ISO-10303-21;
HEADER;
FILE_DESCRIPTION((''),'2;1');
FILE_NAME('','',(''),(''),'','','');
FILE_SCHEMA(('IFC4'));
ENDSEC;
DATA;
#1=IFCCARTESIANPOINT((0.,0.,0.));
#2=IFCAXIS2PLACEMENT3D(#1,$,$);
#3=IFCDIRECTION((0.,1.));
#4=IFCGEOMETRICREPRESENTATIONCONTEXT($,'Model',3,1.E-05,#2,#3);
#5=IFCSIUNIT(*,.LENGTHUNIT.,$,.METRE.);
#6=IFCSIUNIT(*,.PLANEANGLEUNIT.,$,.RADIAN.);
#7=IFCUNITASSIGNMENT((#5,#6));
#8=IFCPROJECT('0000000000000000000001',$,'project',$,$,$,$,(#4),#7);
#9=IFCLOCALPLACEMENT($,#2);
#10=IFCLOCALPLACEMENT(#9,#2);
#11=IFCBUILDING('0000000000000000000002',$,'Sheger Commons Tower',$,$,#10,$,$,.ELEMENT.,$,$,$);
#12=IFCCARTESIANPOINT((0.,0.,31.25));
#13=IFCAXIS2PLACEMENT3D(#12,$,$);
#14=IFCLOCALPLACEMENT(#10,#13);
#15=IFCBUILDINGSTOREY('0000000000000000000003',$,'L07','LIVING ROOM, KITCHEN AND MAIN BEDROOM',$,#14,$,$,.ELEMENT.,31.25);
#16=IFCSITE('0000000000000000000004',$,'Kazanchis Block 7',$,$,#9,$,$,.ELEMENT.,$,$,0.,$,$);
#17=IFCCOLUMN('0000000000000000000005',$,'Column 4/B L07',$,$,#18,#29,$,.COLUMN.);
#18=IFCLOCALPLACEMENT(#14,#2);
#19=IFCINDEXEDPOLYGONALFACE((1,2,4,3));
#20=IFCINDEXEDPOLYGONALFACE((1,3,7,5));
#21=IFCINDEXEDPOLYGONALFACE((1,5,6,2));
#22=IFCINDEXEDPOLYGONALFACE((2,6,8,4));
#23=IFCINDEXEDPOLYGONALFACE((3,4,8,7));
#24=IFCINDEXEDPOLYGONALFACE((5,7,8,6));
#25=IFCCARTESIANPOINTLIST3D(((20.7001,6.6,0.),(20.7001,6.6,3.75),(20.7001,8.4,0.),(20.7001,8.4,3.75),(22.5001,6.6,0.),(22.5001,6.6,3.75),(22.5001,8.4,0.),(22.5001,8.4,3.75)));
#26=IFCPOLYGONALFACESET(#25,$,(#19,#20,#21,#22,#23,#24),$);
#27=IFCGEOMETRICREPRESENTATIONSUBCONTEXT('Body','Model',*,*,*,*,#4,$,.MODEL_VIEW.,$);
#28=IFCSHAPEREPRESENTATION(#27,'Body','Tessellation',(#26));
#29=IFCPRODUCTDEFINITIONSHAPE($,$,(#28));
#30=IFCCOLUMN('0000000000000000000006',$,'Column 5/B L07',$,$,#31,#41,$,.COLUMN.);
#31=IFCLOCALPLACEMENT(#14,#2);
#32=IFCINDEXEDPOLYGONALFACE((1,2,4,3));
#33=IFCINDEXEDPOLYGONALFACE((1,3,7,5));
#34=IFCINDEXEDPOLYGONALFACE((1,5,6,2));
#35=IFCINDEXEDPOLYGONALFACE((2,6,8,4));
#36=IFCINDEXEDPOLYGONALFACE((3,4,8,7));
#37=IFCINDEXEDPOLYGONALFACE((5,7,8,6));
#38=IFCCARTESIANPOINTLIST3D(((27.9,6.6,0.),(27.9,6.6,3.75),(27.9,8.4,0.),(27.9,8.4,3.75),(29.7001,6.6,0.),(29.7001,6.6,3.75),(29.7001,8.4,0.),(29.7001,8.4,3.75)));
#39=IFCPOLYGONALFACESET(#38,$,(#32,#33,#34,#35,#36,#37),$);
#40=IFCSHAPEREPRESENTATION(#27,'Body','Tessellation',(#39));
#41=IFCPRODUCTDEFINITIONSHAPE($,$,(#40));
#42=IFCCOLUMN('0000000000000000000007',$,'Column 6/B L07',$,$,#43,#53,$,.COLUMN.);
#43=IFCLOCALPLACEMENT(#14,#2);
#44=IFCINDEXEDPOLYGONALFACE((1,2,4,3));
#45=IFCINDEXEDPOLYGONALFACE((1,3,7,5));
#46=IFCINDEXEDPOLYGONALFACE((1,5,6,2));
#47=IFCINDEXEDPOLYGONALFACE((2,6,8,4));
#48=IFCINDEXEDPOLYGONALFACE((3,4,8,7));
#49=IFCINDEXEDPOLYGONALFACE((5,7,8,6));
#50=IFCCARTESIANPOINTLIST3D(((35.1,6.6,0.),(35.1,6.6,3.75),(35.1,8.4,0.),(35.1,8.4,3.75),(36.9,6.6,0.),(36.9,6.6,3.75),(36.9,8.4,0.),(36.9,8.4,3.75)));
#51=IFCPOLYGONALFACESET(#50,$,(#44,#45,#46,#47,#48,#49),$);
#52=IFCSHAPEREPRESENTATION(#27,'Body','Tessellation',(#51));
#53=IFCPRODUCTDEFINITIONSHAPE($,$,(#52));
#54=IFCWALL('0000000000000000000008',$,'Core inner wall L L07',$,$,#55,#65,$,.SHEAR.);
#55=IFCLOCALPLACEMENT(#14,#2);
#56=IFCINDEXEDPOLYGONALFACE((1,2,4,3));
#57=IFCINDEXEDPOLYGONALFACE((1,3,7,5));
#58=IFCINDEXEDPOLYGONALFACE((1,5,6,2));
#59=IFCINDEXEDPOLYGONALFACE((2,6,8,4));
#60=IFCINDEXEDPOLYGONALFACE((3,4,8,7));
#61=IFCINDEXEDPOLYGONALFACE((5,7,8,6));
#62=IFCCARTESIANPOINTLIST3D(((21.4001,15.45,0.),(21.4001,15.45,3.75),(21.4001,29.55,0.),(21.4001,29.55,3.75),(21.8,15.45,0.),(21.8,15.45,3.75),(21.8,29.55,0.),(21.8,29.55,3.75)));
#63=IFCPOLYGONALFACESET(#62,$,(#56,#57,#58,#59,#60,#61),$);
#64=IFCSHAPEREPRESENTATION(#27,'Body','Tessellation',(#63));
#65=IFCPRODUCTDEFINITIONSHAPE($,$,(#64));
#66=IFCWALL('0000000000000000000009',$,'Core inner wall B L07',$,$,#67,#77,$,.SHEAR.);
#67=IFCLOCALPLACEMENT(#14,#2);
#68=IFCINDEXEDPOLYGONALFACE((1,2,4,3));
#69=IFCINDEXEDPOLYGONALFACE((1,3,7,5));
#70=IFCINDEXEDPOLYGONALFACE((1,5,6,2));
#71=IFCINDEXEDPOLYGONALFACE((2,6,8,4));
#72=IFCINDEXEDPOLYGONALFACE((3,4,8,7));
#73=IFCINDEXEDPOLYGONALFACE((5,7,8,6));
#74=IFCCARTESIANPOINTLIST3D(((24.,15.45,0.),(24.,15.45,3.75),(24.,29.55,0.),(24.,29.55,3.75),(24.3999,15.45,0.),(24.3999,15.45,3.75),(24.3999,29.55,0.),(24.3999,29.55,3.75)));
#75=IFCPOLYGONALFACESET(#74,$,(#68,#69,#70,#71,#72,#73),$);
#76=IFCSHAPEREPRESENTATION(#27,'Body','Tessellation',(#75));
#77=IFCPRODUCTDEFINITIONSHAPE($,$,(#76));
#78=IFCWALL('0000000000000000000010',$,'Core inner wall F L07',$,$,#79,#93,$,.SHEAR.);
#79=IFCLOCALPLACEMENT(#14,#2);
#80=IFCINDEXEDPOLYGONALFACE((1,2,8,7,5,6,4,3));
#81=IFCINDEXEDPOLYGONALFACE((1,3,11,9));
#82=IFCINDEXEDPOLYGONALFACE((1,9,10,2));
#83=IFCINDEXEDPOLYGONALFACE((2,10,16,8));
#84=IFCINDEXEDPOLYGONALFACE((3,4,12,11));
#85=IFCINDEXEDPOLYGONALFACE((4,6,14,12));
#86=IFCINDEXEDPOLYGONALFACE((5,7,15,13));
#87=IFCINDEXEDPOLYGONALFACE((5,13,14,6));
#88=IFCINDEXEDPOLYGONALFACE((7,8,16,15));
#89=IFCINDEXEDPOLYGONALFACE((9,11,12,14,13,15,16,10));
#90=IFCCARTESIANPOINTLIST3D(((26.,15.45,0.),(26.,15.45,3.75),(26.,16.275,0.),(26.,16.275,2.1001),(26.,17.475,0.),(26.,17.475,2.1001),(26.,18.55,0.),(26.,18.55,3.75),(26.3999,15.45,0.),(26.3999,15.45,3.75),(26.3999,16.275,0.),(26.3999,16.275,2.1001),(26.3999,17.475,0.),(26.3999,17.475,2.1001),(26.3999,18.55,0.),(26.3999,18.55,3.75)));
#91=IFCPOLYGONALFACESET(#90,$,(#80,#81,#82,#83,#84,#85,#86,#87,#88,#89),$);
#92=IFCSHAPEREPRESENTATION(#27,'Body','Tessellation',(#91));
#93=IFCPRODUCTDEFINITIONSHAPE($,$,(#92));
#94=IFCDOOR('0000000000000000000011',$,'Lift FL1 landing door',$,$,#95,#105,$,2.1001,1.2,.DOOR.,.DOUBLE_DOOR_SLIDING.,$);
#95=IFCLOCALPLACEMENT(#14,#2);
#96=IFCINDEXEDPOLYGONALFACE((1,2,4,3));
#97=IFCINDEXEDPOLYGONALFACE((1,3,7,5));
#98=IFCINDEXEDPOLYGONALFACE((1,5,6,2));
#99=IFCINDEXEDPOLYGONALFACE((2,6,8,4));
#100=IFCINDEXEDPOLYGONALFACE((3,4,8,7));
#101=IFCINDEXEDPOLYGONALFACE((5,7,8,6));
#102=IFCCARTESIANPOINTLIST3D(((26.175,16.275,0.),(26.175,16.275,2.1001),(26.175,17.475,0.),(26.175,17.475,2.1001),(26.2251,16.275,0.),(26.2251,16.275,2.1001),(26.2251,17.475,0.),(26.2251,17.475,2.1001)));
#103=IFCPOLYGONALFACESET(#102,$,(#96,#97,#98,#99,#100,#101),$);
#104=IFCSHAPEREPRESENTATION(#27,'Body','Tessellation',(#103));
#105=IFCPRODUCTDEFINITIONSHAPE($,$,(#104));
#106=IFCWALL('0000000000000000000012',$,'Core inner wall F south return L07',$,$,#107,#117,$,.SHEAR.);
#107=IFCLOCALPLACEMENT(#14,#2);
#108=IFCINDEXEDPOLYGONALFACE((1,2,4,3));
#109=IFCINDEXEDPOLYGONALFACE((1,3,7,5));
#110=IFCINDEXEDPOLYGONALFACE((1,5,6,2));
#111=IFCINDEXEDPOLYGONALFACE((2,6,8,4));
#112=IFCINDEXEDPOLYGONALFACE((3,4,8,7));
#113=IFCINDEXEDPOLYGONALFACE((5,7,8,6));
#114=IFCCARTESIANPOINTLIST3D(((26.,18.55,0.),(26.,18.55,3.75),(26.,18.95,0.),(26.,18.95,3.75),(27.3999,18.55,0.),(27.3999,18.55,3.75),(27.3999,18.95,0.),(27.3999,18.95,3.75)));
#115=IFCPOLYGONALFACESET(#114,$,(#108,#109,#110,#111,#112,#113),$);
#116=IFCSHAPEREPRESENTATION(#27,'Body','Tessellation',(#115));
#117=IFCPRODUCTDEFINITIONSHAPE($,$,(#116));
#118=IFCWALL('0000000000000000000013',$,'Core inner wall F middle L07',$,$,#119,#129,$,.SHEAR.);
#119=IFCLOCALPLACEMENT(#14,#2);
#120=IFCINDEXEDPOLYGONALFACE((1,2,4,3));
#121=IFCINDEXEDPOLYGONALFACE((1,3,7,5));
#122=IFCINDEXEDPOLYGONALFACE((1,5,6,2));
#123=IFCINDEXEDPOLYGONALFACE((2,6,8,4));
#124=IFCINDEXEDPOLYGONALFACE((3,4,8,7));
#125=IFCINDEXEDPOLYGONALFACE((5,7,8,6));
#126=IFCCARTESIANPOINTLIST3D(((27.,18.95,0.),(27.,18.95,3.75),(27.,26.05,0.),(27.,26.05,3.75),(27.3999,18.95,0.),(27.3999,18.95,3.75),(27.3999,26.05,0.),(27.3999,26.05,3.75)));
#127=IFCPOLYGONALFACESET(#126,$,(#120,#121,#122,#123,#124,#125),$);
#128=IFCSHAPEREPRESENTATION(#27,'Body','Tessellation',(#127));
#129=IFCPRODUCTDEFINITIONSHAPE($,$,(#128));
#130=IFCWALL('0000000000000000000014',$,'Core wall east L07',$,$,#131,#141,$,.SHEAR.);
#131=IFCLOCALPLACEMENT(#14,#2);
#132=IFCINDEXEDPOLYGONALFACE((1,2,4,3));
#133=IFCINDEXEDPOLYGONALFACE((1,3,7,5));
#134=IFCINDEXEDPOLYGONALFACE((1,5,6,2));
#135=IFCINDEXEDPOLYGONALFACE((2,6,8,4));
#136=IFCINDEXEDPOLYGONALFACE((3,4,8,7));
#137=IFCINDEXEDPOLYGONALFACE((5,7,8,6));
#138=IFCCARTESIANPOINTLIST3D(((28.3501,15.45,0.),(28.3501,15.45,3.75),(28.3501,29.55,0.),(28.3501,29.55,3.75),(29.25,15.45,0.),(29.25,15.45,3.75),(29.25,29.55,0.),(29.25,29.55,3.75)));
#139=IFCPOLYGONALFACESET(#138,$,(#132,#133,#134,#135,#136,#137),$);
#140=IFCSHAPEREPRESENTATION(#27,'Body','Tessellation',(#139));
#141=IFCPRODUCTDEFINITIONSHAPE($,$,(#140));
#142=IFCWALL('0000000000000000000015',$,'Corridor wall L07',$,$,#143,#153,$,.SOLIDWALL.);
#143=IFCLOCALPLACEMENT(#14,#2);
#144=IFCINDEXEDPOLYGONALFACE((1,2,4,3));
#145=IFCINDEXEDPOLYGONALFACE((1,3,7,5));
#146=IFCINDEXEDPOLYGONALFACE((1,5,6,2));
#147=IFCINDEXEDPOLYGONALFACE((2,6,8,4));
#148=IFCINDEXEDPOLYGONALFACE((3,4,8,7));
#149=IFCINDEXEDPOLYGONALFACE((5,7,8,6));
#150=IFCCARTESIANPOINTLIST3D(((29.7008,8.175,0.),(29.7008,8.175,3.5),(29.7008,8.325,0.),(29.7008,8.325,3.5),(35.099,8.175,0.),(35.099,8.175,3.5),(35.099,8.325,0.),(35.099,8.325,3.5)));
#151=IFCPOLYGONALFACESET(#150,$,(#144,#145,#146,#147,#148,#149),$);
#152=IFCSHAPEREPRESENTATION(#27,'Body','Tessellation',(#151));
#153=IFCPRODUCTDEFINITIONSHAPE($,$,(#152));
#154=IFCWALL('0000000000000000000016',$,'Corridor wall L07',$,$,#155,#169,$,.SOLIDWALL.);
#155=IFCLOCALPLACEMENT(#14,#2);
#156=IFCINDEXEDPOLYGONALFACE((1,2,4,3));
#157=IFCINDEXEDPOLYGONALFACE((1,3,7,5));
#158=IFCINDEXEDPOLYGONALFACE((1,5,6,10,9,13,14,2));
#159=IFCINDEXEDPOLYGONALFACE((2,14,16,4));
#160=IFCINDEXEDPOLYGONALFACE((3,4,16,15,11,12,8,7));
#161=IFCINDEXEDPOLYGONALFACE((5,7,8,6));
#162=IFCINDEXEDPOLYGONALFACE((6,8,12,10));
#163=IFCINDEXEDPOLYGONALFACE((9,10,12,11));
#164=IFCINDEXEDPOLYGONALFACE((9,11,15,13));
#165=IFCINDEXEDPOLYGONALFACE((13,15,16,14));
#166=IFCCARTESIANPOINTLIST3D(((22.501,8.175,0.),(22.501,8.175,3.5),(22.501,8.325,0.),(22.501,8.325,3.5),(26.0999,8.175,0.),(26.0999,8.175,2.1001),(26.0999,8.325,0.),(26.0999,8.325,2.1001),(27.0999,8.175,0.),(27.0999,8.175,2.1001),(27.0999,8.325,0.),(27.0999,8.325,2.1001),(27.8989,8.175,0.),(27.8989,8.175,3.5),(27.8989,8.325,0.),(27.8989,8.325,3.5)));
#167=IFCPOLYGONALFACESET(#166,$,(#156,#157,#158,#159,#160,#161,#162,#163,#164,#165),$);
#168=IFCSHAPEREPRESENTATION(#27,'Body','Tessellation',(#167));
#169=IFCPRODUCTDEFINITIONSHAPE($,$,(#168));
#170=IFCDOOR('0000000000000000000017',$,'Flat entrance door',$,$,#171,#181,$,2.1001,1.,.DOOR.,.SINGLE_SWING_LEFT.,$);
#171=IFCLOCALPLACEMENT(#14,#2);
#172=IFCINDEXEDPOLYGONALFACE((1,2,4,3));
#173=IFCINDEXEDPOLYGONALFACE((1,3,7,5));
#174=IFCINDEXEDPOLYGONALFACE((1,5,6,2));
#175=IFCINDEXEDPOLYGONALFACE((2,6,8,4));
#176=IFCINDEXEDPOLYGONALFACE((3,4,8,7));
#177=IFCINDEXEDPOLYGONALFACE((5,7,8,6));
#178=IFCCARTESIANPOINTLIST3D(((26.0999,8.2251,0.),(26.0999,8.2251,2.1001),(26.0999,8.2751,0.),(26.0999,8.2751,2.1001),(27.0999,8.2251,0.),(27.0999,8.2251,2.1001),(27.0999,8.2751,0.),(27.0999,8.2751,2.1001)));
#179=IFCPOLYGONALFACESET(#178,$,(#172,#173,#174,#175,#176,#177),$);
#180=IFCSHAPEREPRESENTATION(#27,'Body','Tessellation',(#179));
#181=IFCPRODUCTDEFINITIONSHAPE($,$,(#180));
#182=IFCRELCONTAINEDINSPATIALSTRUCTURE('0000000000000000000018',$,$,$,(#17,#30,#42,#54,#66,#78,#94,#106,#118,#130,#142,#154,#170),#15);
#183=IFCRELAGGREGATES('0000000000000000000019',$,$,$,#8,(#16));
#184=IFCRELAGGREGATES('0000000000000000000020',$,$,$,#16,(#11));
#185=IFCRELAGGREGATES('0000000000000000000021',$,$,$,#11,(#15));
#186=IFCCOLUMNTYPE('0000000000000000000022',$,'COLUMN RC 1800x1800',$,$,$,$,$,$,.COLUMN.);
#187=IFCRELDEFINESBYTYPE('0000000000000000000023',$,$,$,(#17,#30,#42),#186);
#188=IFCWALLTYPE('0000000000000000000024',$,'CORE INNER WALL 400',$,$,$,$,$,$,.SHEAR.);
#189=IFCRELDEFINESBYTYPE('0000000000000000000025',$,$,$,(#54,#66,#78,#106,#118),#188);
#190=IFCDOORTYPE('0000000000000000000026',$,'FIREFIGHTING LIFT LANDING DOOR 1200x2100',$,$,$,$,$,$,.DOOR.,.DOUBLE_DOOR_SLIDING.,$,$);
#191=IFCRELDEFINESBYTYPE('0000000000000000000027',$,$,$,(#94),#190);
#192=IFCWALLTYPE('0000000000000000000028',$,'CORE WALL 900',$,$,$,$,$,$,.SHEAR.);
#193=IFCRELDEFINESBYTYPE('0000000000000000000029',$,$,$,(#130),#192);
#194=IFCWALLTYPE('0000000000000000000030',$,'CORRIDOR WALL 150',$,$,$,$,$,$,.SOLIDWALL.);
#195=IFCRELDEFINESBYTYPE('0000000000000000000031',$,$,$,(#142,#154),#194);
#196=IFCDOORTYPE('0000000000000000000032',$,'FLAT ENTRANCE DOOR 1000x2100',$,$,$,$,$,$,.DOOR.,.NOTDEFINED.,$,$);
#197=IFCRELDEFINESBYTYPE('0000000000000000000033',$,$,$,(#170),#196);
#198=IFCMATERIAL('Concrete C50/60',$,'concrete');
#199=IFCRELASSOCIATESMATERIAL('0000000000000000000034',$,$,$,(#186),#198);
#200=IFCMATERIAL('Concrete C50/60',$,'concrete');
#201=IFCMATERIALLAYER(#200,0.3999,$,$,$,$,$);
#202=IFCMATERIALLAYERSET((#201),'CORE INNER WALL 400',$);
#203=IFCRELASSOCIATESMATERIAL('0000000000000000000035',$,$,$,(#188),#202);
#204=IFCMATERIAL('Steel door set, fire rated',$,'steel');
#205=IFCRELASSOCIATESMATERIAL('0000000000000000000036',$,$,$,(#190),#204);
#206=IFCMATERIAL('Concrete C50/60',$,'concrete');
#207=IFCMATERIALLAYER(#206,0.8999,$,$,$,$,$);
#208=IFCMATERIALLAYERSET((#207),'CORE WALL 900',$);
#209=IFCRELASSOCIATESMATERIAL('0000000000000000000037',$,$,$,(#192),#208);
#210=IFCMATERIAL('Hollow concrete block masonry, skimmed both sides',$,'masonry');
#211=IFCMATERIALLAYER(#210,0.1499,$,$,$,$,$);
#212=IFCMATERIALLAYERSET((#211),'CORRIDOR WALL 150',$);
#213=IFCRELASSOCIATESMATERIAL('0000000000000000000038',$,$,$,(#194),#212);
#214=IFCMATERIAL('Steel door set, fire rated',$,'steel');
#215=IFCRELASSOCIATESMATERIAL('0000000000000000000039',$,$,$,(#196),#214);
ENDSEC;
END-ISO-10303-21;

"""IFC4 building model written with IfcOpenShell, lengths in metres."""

from ifc_helpers import new_model, si_unit, direction, frame, frame_2d, origin, origin_2d, place, context, subcontext, project, spatial, rectangle, extrude, material, layer, layer_set, material_profile, profile_set, type_object, element, fill, save


model = new_model("IFC4")

# Units and contexts
model_context = context("Model", 3, precision=1e-05, world=origin(), true_north=direction((0.0, 1.0)))
body_context = subcontext(model_context, "Body", "Model", "MODEL_VIEW")
ifc_project = project(units=[si_unit("LENGTHUNIT", "METRE"), si_unit("PLANEANGLEUNIT", "RADIAN")], contexts=[model_context])

# Site, building, storey
site_placement = place(None, origin())
site = spatial("IfcSite", under=ifc_project, at=site_placement, Name="Kazanchis Block 7", CompositionType="ELEMENT", RefElevation=0.0)
building_placement = place(site_placement, origin())
building = spatial("IfcBuilding", under=site, at=building_placement, Name="Sheger Commons Tower", CompositionType="ELEMENT")
storey_placement = place(building_placement, frame((0.0, 0.0, 31.25)))
storey = spatial("IfcBuildingStorey", under=building, at=storey_placement, Name="L07", Description="LIVING ROOM, KITCHEN AND MAIN BEDROOM", CompositionType="ELEMENT", Elevation=31.25)

# Columns
ifc_material_1 = material(Name="Concrete C50/60", Category="concrete")
ifc_material_profile = material_profile(ifc_material_1, rectangle(XDim=1.8, YDim=1.8, at=origin_2d()), Name="RC 1800x1800")
ifc_profile_set = profile_set([ifc_material_profile], Name="Concrete C50/60")
column_type = type_object("IfcColumnType", Name="COLUMN RC 1800x1800", PredefinedType="COLUMN", material=ifc_profile_set)
for number, where, z_axis, x_axis, name in (
    (1, (21.6001, 7.5, 0.0), (0.0, 0.0, 1.0), (1.0, 0.0, 0.0), "Column 4/B L07"),
    (2, (28.8, 7.5, 0.0), (0.0, 0.0, 1.0), (1.0, 0.0, 0.0), "Column 5/B L07"),
    (3, (36.0, 7.5, 0.0), (0.0, 0.0, 1.0), (1.0, 0.0, 0.0), "Column 6/B L07"),
):
    element("IfcColumn", number, at=place(storey_placement, frame(where, z_axis=z_axis, x_axis=x_axis)), inside=storey, type_object=column_type, Name=name, PredefinedType="COLUMN", context=body_context, shape_type="SweptSolid", body=[
        extrude(rectangle(XDim=1.8, YDim=1.8, at=origin_2d()), origin(), (0.0, 0.0, 1.0), 3.75),
    ])

# Walls
ifc_material_2 = material(Name="Concrete C50/60", Category="concrete")
ifc_layer_1 = layer(ifc_material_2, 0.3999)
ifc_layer_set_1 = layer_set([ifc_layer_1], Name="CORE INNER WALL 400")
wall_type_1 = type_object("IfcWallType", Name="CORE INNER WALL 400", PredefinedType="SHEAR", material=ifc_layer_set_1)
for number, where, z_axis, x_axis, name in (
    (4, (21.6001, 15.45, 0.0), (0.0, 0.0, 1.0), (0.0, 1.0, 0.0), "Core inner wall L L07"),
    (5, (24.2, 15.45, 0.0), (0.0, 0.0, 1.0), (0.0, 1.0, 0.0), "Core inner wall B L07"),
):
    element("IfcWall", number, at=place(storey_placement, frame(where, z_axis=z_axis, x_axis=x_axis)), inside=storey, type_object=wall_type_1, Name=name, PredefinedType="SHEAR", context=body_context, shape_type="SweptSolid", body=[
        extrude(rectangle(XDim=14.1001, YDim=0.3999, at=frame_2d((7.05, 0.0))), origin(), (0.0, 0.0, 1.0), 3.75),
    ])

# Wall, opening, door
wall_1_placement = place(storey_placement, frame((26.2, 15.45, 0.0), z_axis=(0.0, 0.0, 1.0), x_axis=(0.0, 1.0, 0.0)))
wall_1 = element("IfcWall", 6, at=wall_1_placement, inside=storey, type_object=wall_type_1, Name="Core inner wall F L07", PredefinedType="SHEAR", context=body_context, shape_type="SweptSolid", body=[
    extrude(rectangle(XDim=3.1001, YDim=0.3999, at=frame_2d((1.55, 0.0))), origin(), (0.0, 0.0, 1.0), 3.75),
])
opening_1_placement = place(wall_1_placement, frame((0.825, 0.0, 0.0)))
opening_1 = element("IfcOpeningElement", 7, at=opening_1_placement, cuts=wall_1, PredefinedType="OPENING", context=body_context, shape_type="SweptSolid", body=[
    extrude(rectangle(XDim=1.2, YDim=2.1001, at=frame_2d((0.6001, 1.05))), frame((0.0, 0.21, 0.0), z_axis=(0.0, -1.0, 0.0), x_axis=(1.0, 0.0, 0.0)), (0.0, 0.0, 1.0), 0.4199),
])
ifc_material_3 = material(Name="Steel door set, fire rated", Category="steel")
door_type_1 = type_object("IfcDoorType", Name="FIREFIGHTING LIFT LANDING DOOR 1200x2100", OperationType="DOUBLE_DOOR_SLIDING", PredefinedType="DOOR", material=ifc_material_3)
door_1_placement = place(opening_1_placement, origin())
door_1 = element("IfcDoor", 8, at=door_1_placement, inside=storey, type_object=door_type_1, Name="Lift FL1 landing door", OperationType="DOUBLE_DOOR_SLIDING", OverallHeight=2.1001, OverallWidth=1.2, PredefinedType="DOOR", context=body_context, shape_type="SweptSolid", body=[
    extrude(rectangle(XDim=1.2, YDim=2.1001, at=frame_2d((0.6001, 1.05))), frame((0.0, 0.0249, 0.0), z_axis=(0.0, -1.0, 0.0), x_axis=(1.0, 0.0, 0.0)), (0.0, 0.0, 1.0), 0.05),
])
fill(opening_1, door_1)

# Walls
wall_2_placement = place(storey_placement, frame((26.0, 18.75, 0.0), z_axis=(0.0, 0.0, 1.0), x_axis=(1.0, 0.0, 0.0)))
element("IfcWall", 9, at=wall_2_placement, inside=storey, type_object=wall_type_1, Name="Core inner wall F south return L07", PredefinedType="SHEAR", context=body_context, shape_type="SweptSolid", body=[
    extrude(rectangle(XDim=1.3999, YDim=0.3999, at=frame_2d((0.7, 0.0))), origin(), (0.0, 0.0, 1.0), 3.75),
])
wall_3_placement = place(storey_placement, frame((27.2, 18.95, 0.0), z_axis=(0.0, 0.0, 1.0), x_axis=(0.0, 1.0, 0.0)))
element("IfcWall", 10, at=wall_3_placement, inside=storey, type_object=wall_type_1, Name="Core inner wall F middle L07", PredefinedType="SHEAR", context=body_context, shape_type="SweptSolid", body=[
    extrude(rectangle(XDim=7.1001, YDim=0.3999, at=frame_2d((3.55, 0.0))), origin(), (0.0, 0.0, 1.0), 3.75),
])
ifc_material_4 = material(Name="Concrete C50/60", Category="concrete")
ifc_layer_2 = layer(ifc_material_4, 0.8999)
ifc_layer_set_2 = layer_set([ifc_layer_2], Name="CORE WALL 900")
wall_type_2 = type_object("IfcWallType", Name="CORE WALL 900", PredefinedType="SHEAR", material=ifc_layer_set_2)
wall_4_placement = place(storey_placement, frame((28.8, 15.45, 0.0), z_axis=(0.0, 0.0, 1.0), x_axis=(0.0, 1.0, 0.0)))
element("IfcWall", 11, at=wall_4_placement, inside=storey, type_object=wall_type_2, Name="Core wall east L07", PredefinedType="SHEAR", context=body_context, shape_type="SweptSolid", body=[
    extrude(rectangle(XDim=14.1001, YDim=0.8999, at=frame_2d((7.05, 0.0))), origin(), (0.0, 0.0, 1.0), 3.75),
])
ifc_material_5 = material(Name="Hollow concrete block masonry, skimmed both sides", Category="masonry")
ifc_layer_3 = layer(ifc_material_5, 0.1499)
ifc_layer_set_3 = layer_set([ifc_layer_3], Name="CORRIDOR WALL 150")
wall_type_3 = type_object("IfcWallType", Name="CORRIDOR WALL 150", PredefinedType="SOLIDWALL", material=ifc_layer_set_3)
wall_5_placement = place(storey_placement, frame((35.0991, 8.25, 0.0), z_axis=(0.0, 0.0, 1.0), x_axis=(-1.0, 0.0, 0.0)))
element("IfcWall", 12, at=wall_5_placement, inside=storey, type_object=wall_type_3, Name="Corridor wall L07", PredefinedType="SOLIDWALL", context=body_context, shape_type="SweptSolid", body=[
    extrude(rectangle(XDim=5.3982, YDim=0.1499, at=frame_2d((2.6992, 0.0))), origin(), (0.0, 0.0, 1.0), 3.5),
])

# Wall, opening, door
wall_6_placement = place(storey_placement, frame((27.8989, 8.25, 0.0), z_axis=(0.0, 0.0, 1.0), x_axis=(-1.0, 0.0, 0.0)))
wall_6 = element("IfcWall", 13, at=wall_6_placement, inside=storey, type_object=wall_type_3, Name="Corridor wall L07", PredefinedType="SOLIDWALL", context=body_context, shape_type="SweptSolid", body=[
    extrude(rectangle(XDim=5.3979, YDim=0.1499, at=frame_2d((2.699, 0.0))), origin(), (0.0, 0.0, 1.0), 3.5),
])
opening_2_placement = place(wall_6_placement, frame((0.7991, 0.0, 0.0)))
opening_2 = element("IfcOpeningElement", 14, at=opening_2_placement, cuts=wall_6, PredefinedType="OPENING", context=body_context, shape_type="SweptSolid", body=[
    extrude(rectangle(XDim=1.0, YDim=2.1001, at=frame_2d((0.5, 1.05))), frame((0.0, 0.085, 0.0), z_axis=(0.0, -1.0, 0.0), x_axis=(1.0, 0.0, 0.0)), (0.0, 0.0, 1.0), 0.1699),
])
ifc_material_6 = material(Name="Steel door set, fire rated", Category="steel")
door_type_2 = type_object("IfcDoorType", Name="FLAT ENTRANCE DOOR 1000x2100", OperationType="NOTDEFINED", PredefinedType="DOOR", material=ifc_material_6)
door_2_placement = place(opening_2_placement, origin())
door_2 = element("IfcDoor", 15, at=door_2_placement, inside=storey, type_object=door_type_2, Name="Flat entrance door", OperationType="SINGLE_SWING_LEFT", OverallHeight=2.1001, OverallWidth=1.0, PredefinedType="DOOR", context=body_context, shape_type="SweptSolid", body=[
    extrude(rectangle(XDim=1.0, YDim=2.1001, at=frame_2d((0.5, 1.05))), frame((0.0, 0.0249, 0.0), z_axis=(0.0, -1.0, 0.0), x_axis=(1.0, 0.0, 0.0)), (0.0, 0.0, 1.0), 0.05),
])
fill(opening_2, door_2)

save(model, "model.ifc")
